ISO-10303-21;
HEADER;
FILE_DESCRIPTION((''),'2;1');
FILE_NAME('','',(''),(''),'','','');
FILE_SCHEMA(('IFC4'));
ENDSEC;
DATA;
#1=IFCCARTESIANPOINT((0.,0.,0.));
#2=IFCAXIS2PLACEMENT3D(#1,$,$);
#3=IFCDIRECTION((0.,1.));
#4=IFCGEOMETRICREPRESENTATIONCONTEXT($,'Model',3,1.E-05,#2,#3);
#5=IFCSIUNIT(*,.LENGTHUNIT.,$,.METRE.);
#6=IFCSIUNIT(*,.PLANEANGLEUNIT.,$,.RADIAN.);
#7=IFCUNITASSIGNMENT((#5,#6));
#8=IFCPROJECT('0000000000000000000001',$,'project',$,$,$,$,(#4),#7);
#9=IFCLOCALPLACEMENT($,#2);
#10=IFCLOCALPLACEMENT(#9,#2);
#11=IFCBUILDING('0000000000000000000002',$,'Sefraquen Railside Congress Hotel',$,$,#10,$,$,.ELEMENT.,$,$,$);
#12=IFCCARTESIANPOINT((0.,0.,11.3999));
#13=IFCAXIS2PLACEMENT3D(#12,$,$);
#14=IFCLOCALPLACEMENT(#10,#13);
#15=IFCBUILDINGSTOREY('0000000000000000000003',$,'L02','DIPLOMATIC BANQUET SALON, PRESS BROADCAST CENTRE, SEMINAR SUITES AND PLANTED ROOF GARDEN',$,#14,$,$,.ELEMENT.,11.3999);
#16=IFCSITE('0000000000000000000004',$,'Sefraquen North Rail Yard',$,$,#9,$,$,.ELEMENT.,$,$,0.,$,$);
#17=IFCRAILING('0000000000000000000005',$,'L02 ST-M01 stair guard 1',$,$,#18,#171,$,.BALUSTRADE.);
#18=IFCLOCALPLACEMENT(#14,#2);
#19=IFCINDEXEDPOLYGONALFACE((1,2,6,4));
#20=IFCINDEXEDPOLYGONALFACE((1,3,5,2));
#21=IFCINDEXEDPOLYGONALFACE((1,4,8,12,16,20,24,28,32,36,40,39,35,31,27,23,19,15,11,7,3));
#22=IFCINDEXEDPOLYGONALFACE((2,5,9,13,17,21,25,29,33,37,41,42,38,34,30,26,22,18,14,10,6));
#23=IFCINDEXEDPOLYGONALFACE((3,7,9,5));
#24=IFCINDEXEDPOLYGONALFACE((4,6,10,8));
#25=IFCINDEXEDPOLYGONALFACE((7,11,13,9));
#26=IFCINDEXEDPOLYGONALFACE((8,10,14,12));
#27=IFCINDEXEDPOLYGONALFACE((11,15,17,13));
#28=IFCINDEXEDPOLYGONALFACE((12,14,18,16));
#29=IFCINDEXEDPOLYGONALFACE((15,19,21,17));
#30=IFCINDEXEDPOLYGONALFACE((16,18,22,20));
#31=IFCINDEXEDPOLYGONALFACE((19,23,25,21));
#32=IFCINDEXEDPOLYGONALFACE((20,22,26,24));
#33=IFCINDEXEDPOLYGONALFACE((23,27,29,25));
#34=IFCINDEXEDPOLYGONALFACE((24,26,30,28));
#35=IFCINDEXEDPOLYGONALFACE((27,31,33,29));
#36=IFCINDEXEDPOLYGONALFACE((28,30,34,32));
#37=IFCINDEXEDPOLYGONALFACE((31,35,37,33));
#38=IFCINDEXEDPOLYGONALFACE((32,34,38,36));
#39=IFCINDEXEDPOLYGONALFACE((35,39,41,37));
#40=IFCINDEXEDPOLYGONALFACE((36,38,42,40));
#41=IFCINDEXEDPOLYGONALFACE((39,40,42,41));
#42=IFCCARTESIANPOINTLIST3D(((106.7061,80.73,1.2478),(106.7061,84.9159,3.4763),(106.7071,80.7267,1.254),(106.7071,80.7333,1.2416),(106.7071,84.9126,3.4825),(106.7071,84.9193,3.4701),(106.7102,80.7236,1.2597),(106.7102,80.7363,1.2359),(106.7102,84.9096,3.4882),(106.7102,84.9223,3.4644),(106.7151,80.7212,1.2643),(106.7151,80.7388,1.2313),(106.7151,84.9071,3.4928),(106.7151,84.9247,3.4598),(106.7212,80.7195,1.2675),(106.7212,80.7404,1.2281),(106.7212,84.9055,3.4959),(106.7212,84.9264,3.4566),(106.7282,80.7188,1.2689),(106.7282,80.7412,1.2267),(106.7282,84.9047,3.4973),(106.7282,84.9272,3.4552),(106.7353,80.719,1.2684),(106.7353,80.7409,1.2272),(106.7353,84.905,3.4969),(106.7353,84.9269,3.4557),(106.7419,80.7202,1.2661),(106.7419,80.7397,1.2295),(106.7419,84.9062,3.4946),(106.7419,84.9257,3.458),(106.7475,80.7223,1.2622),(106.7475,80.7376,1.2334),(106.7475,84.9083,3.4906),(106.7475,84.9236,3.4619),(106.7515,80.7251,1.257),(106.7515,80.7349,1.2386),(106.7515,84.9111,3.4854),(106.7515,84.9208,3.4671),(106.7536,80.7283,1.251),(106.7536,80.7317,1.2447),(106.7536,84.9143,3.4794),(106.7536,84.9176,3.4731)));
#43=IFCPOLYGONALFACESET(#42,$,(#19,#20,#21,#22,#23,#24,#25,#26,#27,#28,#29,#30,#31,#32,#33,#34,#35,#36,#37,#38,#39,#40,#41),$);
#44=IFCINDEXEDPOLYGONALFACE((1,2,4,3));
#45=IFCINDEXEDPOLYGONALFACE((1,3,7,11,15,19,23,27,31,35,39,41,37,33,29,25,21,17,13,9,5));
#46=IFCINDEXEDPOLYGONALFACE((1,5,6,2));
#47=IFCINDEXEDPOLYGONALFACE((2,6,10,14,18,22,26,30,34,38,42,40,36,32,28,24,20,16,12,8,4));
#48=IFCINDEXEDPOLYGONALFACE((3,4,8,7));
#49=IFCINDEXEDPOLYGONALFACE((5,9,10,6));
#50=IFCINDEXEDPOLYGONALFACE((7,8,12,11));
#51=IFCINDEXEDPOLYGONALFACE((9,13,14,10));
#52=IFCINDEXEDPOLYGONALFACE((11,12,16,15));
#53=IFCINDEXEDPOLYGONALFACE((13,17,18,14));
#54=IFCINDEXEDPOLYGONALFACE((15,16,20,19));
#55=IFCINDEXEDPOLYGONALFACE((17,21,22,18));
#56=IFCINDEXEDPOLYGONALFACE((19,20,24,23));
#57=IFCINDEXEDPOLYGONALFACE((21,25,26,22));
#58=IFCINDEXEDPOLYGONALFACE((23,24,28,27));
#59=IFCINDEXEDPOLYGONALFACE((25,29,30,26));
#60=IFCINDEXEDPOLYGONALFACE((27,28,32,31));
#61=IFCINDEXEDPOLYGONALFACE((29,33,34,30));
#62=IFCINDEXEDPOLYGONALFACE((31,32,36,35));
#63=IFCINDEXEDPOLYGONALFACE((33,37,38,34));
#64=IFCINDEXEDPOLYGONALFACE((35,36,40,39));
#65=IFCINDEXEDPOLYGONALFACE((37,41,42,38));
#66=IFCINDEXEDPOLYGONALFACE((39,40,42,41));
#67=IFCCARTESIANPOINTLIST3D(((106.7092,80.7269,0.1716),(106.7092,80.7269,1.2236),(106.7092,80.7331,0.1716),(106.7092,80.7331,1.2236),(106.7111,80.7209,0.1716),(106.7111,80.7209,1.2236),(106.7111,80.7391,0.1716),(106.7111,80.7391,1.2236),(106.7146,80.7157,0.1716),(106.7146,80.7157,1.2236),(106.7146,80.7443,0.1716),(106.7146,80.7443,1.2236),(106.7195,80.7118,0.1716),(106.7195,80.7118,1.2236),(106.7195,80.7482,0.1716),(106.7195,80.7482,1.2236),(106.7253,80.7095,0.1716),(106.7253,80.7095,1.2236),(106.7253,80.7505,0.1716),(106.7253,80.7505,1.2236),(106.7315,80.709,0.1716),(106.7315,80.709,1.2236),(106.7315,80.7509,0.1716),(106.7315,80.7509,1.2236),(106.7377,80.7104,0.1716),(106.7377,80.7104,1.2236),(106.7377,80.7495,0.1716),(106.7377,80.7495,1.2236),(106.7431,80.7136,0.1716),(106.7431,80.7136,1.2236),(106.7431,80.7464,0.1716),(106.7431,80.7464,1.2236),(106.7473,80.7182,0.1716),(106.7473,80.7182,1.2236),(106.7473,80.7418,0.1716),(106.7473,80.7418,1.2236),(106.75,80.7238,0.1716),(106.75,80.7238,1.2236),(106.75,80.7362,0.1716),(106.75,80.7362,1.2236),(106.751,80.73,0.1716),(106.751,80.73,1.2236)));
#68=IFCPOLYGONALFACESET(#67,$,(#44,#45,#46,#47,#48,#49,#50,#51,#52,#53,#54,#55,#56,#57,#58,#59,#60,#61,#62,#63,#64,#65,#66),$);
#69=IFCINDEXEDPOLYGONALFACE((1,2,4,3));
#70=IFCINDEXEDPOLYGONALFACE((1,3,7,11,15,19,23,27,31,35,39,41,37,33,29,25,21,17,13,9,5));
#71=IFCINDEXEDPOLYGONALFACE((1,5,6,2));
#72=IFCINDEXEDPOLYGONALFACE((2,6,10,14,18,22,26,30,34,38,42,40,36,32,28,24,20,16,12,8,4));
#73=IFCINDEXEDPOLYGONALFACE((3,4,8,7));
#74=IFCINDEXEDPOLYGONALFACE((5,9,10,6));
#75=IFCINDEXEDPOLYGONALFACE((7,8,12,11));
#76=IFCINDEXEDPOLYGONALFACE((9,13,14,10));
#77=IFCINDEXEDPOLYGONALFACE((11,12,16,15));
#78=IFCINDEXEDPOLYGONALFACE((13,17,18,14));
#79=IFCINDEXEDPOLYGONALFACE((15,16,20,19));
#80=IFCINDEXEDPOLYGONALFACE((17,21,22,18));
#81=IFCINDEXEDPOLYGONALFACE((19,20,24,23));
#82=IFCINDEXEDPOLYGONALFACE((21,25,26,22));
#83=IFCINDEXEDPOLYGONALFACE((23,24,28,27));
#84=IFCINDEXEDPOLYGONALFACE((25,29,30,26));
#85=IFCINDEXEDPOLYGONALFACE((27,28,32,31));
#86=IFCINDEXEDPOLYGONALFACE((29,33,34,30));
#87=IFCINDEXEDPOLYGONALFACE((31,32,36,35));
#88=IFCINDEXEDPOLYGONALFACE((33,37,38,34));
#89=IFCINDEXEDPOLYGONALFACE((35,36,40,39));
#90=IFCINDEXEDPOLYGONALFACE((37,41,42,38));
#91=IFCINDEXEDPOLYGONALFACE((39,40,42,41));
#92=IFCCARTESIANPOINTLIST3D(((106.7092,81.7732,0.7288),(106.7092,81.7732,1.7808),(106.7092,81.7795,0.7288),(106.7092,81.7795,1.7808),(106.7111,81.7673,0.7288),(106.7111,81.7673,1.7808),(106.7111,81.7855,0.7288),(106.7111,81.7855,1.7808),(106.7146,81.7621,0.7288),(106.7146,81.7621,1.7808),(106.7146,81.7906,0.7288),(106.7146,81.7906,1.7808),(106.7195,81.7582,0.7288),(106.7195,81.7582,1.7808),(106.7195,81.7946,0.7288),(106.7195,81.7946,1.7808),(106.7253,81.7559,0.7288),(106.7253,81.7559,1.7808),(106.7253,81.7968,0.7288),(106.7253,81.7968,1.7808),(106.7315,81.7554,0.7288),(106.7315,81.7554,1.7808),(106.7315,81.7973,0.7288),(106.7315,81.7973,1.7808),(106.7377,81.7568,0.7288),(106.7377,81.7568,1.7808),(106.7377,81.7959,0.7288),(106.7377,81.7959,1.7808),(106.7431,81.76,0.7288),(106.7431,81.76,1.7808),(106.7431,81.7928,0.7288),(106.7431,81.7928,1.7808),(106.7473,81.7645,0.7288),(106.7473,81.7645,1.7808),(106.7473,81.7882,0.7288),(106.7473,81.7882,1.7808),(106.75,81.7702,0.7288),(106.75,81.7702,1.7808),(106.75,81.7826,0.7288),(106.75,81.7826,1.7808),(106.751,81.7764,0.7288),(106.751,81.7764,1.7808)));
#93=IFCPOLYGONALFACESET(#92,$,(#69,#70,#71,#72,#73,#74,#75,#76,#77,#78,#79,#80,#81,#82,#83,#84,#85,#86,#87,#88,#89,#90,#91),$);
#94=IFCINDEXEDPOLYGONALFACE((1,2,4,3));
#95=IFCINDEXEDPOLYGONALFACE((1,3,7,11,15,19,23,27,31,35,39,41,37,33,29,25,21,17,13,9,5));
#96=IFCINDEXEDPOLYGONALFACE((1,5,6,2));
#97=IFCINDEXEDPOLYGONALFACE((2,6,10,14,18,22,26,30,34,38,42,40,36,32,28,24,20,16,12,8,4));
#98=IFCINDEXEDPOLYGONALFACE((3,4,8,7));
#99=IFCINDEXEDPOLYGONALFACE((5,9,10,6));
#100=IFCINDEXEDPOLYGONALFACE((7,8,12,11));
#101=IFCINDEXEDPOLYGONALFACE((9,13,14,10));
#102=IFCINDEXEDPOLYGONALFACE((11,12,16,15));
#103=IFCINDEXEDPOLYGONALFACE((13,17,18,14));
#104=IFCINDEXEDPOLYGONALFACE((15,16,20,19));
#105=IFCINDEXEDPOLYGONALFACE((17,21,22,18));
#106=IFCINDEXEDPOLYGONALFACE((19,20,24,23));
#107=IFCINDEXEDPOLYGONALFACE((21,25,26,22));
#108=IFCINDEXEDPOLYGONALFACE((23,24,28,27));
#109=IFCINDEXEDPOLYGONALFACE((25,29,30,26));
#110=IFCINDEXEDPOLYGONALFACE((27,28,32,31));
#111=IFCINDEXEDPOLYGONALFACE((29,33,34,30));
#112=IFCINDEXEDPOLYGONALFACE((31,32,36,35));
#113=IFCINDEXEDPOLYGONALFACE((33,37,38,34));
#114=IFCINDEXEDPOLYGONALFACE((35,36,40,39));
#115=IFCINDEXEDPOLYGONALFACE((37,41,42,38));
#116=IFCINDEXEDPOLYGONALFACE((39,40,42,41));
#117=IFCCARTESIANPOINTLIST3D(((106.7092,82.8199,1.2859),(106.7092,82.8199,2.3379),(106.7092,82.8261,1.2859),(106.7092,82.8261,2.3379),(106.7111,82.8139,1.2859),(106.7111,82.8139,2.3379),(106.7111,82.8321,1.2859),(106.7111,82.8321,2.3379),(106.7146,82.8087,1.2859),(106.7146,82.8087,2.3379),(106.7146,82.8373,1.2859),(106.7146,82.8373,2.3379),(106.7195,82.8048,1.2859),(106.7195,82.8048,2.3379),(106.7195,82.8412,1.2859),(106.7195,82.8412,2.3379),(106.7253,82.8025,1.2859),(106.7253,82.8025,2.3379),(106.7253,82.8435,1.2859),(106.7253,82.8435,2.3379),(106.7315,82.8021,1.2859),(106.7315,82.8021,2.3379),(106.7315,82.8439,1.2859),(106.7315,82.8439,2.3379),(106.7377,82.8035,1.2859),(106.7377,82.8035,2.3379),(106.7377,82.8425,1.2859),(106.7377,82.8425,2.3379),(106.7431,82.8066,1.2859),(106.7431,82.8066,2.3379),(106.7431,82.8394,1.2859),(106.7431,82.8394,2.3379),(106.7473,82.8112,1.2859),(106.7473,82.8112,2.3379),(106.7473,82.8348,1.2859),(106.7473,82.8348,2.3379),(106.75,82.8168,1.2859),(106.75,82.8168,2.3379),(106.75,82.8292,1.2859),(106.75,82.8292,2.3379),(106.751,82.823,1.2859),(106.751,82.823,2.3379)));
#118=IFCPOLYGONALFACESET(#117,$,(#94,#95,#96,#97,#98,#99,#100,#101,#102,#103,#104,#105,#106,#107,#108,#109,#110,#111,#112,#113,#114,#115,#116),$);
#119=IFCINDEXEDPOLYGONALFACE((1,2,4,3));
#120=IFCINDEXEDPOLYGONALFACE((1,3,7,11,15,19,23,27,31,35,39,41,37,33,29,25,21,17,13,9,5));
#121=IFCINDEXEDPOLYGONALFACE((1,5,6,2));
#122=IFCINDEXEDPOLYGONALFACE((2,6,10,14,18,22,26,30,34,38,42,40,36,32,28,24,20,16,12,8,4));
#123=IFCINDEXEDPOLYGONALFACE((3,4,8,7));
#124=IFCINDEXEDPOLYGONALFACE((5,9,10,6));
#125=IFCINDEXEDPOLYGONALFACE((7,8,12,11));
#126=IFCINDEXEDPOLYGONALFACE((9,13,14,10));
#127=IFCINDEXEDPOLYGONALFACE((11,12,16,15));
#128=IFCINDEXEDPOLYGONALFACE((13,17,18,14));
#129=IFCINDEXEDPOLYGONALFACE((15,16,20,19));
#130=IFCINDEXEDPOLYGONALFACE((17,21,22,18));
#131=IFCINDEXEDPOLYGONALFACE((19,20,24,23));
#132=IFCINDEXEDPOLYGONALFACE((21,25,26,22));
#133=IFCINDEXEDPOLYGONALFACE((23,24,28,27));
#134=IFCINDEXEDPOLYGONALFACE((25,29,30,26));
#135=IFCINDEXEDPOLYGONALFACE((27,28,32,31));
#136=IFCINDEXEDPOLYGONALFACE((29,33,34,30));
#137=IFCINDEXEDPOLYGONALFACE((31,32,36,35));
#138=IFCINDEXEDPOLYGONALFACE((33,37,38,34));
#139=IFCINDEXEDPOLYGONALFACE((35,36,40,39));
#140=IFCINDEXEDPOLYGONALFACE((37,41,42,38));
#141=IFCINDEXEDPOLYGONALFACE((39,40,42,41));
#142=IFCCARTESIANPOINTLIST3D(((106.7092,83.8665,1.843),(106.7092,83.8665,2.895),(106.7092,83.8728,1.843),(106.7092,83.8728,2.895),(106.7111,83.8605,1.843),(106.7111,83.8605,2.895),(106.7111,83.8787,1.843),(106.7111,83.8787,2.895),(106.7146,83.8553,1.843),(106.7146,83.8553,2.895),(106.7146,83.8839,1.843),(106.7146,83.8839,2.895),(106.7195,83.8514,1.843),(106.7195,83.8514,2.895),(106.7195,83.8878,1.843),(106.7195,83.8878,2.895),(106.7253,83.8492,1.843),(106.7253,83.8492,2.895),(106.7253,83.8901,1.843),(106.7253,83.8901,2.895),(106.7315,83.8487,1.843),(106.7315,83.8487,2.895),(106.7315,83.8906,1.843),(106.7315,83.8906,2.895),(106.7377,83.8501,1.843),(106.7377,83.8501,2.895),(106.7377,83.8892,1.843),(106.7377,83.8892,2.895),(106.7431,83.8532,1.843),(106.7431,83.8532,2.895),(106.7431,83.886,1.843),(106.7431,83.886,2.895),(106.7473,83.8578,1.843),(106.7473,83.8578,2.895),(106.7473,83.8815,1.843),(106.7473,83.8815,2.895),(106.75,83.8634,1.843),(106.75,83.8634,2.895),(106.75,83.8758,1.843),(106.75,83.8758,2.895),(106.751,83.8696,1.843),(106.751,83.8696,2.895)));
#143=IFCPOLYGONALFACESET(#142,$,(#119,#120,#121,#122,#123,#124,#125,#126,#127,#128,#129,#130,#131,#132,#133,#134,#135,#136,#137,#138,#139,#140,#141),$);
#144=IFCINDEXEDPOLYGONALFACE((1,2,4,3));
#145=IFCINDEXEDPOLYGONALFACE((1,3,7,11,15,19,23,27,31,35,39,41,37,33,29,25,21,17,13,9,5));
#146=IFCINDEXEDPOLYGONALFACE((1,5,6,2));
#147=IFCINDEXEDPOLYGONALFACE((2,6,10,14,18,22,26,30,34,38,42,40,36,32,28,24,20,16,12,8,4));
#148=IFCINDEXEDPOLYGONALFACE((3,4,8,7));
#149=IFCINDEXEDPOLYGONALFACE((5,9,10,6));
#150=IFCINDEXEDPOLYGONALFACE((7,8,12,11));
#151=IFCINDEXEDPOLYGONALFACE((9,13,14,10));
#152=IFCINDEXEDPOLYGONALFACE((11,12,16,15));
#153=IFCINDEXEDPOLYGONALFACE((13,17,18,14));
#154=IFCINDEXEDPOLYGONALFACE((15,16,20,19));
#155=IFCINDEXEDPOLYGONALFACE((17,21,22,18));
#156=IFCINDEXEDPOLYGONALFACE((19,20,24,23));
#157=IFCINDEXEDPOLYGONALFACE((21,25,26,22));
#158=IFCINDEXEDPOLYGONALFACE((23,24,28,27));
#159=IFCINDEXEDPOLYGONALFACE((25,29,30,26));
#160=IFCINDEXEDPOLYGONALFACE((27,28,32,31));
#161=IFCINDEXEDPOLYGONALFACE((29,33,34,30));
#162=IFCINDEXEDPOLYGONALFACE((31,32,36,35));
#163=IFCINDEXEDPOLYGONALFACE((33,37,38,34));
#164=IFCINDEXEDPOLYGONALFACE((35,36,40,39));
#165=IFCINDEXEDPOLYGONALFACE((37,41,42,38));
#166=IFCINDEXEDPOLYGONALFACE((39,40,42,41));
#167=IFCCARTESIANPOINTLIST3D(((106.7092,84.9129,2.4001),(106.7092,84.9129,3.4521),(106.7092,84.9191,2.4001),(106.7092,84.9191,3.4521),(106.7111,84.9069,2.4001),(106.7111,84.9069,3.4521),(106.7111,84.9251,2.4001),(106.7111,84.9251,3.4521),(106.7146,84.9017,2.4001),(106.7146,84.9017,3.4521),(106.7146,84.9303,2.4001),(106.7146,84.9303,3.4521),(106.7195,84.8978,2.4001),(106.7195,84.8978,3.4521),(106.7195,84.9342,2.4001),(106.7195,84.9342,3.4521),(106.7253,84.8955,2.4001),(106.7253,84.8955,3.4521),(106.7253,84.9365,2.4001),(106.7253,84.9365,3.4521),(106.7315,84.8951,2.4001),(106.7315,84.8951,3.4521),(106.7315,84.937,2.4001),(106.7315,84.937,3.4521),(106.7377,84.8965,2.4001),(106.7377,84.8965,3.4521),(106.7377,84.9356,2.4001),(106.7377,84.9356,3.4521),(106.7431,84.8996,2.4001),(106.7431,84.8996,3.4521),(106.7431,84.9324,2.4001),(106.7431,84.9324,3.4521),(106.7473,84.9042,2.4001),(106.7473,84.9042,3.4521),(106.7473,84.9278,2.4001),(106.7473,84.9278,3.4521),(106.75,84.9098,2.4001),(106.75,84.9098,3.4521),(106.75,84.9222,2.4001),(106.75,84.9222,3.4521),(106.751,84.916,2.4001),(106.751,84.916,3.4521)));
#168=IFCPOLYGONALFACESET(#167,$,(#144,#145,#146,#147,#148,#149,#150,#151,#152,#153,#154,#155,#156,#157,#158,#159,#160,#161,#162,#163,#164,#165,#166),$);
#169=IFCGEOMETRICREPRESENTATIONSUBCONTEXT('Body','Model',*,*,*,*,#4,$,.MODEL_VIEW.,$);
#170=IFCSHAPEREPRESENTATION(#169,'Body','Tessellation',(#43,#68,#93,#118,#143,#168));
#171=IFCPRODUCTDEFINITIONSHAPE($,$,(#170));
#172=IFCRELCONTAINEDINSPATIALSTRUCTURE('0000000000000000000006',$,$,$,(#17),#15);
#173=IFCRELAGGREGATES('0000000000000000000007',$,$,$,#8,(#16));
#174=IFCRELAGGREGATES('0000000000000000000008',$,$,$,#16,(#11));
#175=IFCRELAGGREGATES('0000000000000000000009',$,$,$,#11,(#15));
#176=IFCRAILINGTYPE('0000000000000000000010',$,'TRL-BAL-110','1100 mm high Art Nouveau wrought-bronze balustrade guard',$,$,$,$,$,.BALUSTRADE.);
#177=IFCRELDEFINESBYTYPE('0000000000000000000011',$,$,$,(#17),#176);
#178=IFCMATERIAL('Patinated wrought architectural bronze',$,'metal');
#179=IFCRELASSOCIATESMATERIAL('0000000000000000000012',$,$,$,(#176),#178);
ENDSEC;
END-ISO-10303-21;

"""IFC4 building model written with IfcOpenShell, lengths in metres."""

from ifc_helpers import new_model, si_unit, direction, frame, origin, origin_2d, place, context, subcontext, project, spatial, circle, extrude, material, type_object, element, save


model = new_model("IFC4")

# Units and contexts
model_context = context("Model", 3, precision=1e-05, world=origin(), true_north=direction((0.0, 1.0)))
body_context = subcontext(model_context, "Body", "Model", "MODEL_VIEW")
ifc_project = project(units=[si_unit("LENGTHUNIT", "METRE"), si_unit("PLANEANGLEUNIT", "RADIAN")], contexts=[model_context])

# Site, building, storey
site_placement = place(None, origin())
site = spatial("IfcSite", under=ifc_project, at=site_placement, Name="Sefraquen North Rail Yard", CompositionType="ELEMENT", RefElevation=0.0)
building_placement = place(site_placement, origin())
building = spatial("IfcBuilding", under=site, at=building_placement, Name="Sefraquen Railside Congress Hotel", CompositionType="ELEMENT")
storey_placement = place(building_placement, frame((0.0, 0.0, 11.3999)))
storey = spatial("IfcBuildingStorey", under=building, at=storey_placement, Name="L02", Description="DIPLOMATIC BANQUET SALON, PRESS BROADCAST CENTRE, SEMINAR SUITES AND PLANTED ROOF GARDEN", CompositionType="ELEMENT", Elevation=11.3999)

# Railing
ifc_material_1 = material(Name="Patinated wrought architectural bronze", Category="metal")
railing_type_1 = type_object("IfcRailingType", Name="TRL-BAL-110", Description="1100 mm high Art Nouveau wrought-bronze balustrade guard", PredefinedType="BALUSTRADE", material=ifc_material_1)
railing_1_placement = place(storey_placement, frame((106.73, 80.73, 0.1716)))
element("IfcRailing", 1, at=railing_1_placement, inside=storey, type_object=railing_type_1, Name="L02 ST-M01 stair guard 1", PredefinedType="BALUSTRADE", context=body_context, shape_type="SweptSolid", body=[
    extrude(circle(Radius=0.0239, at=origin_2d()), frame((0.0, 0.0, 1.0762), z_axis=(0.0, 0.882706, 0.469925), x_axis=(-1.0, 0.0, 0.0)), (0.0, 0.0, 1.0), 4.7422),
    extrude(circle(Radius=0.021, at=origin_2d()), origin(), (0.0, 0.0, 1.0), 1.052),
    extrude(circle(Radius=0.021, at=origin_2d()), frame((0.0, 1.0464, 0.5571)), (0.0, 0.0, 1.0), 1.052),
    extrude(circle(Radius=0.021, at=origin_2d()), frame((0.0, 2.093, 1.1143)), (0.0, 0.0, 1.0), 1.052),
    extrude(circle(Radius=0.021, at=origin_2d()), frame((0.0, 3.1396, 1.6714)), (0.0, 0.0, 1.0), 1.052),
    extrude(circle(Radius=0.021, at=origin_2d()), frame((0.0, 4.186, 2.2285)), (0.0, 0.0, 1.0), 1.052),
])

save(model, "model.ifc")
